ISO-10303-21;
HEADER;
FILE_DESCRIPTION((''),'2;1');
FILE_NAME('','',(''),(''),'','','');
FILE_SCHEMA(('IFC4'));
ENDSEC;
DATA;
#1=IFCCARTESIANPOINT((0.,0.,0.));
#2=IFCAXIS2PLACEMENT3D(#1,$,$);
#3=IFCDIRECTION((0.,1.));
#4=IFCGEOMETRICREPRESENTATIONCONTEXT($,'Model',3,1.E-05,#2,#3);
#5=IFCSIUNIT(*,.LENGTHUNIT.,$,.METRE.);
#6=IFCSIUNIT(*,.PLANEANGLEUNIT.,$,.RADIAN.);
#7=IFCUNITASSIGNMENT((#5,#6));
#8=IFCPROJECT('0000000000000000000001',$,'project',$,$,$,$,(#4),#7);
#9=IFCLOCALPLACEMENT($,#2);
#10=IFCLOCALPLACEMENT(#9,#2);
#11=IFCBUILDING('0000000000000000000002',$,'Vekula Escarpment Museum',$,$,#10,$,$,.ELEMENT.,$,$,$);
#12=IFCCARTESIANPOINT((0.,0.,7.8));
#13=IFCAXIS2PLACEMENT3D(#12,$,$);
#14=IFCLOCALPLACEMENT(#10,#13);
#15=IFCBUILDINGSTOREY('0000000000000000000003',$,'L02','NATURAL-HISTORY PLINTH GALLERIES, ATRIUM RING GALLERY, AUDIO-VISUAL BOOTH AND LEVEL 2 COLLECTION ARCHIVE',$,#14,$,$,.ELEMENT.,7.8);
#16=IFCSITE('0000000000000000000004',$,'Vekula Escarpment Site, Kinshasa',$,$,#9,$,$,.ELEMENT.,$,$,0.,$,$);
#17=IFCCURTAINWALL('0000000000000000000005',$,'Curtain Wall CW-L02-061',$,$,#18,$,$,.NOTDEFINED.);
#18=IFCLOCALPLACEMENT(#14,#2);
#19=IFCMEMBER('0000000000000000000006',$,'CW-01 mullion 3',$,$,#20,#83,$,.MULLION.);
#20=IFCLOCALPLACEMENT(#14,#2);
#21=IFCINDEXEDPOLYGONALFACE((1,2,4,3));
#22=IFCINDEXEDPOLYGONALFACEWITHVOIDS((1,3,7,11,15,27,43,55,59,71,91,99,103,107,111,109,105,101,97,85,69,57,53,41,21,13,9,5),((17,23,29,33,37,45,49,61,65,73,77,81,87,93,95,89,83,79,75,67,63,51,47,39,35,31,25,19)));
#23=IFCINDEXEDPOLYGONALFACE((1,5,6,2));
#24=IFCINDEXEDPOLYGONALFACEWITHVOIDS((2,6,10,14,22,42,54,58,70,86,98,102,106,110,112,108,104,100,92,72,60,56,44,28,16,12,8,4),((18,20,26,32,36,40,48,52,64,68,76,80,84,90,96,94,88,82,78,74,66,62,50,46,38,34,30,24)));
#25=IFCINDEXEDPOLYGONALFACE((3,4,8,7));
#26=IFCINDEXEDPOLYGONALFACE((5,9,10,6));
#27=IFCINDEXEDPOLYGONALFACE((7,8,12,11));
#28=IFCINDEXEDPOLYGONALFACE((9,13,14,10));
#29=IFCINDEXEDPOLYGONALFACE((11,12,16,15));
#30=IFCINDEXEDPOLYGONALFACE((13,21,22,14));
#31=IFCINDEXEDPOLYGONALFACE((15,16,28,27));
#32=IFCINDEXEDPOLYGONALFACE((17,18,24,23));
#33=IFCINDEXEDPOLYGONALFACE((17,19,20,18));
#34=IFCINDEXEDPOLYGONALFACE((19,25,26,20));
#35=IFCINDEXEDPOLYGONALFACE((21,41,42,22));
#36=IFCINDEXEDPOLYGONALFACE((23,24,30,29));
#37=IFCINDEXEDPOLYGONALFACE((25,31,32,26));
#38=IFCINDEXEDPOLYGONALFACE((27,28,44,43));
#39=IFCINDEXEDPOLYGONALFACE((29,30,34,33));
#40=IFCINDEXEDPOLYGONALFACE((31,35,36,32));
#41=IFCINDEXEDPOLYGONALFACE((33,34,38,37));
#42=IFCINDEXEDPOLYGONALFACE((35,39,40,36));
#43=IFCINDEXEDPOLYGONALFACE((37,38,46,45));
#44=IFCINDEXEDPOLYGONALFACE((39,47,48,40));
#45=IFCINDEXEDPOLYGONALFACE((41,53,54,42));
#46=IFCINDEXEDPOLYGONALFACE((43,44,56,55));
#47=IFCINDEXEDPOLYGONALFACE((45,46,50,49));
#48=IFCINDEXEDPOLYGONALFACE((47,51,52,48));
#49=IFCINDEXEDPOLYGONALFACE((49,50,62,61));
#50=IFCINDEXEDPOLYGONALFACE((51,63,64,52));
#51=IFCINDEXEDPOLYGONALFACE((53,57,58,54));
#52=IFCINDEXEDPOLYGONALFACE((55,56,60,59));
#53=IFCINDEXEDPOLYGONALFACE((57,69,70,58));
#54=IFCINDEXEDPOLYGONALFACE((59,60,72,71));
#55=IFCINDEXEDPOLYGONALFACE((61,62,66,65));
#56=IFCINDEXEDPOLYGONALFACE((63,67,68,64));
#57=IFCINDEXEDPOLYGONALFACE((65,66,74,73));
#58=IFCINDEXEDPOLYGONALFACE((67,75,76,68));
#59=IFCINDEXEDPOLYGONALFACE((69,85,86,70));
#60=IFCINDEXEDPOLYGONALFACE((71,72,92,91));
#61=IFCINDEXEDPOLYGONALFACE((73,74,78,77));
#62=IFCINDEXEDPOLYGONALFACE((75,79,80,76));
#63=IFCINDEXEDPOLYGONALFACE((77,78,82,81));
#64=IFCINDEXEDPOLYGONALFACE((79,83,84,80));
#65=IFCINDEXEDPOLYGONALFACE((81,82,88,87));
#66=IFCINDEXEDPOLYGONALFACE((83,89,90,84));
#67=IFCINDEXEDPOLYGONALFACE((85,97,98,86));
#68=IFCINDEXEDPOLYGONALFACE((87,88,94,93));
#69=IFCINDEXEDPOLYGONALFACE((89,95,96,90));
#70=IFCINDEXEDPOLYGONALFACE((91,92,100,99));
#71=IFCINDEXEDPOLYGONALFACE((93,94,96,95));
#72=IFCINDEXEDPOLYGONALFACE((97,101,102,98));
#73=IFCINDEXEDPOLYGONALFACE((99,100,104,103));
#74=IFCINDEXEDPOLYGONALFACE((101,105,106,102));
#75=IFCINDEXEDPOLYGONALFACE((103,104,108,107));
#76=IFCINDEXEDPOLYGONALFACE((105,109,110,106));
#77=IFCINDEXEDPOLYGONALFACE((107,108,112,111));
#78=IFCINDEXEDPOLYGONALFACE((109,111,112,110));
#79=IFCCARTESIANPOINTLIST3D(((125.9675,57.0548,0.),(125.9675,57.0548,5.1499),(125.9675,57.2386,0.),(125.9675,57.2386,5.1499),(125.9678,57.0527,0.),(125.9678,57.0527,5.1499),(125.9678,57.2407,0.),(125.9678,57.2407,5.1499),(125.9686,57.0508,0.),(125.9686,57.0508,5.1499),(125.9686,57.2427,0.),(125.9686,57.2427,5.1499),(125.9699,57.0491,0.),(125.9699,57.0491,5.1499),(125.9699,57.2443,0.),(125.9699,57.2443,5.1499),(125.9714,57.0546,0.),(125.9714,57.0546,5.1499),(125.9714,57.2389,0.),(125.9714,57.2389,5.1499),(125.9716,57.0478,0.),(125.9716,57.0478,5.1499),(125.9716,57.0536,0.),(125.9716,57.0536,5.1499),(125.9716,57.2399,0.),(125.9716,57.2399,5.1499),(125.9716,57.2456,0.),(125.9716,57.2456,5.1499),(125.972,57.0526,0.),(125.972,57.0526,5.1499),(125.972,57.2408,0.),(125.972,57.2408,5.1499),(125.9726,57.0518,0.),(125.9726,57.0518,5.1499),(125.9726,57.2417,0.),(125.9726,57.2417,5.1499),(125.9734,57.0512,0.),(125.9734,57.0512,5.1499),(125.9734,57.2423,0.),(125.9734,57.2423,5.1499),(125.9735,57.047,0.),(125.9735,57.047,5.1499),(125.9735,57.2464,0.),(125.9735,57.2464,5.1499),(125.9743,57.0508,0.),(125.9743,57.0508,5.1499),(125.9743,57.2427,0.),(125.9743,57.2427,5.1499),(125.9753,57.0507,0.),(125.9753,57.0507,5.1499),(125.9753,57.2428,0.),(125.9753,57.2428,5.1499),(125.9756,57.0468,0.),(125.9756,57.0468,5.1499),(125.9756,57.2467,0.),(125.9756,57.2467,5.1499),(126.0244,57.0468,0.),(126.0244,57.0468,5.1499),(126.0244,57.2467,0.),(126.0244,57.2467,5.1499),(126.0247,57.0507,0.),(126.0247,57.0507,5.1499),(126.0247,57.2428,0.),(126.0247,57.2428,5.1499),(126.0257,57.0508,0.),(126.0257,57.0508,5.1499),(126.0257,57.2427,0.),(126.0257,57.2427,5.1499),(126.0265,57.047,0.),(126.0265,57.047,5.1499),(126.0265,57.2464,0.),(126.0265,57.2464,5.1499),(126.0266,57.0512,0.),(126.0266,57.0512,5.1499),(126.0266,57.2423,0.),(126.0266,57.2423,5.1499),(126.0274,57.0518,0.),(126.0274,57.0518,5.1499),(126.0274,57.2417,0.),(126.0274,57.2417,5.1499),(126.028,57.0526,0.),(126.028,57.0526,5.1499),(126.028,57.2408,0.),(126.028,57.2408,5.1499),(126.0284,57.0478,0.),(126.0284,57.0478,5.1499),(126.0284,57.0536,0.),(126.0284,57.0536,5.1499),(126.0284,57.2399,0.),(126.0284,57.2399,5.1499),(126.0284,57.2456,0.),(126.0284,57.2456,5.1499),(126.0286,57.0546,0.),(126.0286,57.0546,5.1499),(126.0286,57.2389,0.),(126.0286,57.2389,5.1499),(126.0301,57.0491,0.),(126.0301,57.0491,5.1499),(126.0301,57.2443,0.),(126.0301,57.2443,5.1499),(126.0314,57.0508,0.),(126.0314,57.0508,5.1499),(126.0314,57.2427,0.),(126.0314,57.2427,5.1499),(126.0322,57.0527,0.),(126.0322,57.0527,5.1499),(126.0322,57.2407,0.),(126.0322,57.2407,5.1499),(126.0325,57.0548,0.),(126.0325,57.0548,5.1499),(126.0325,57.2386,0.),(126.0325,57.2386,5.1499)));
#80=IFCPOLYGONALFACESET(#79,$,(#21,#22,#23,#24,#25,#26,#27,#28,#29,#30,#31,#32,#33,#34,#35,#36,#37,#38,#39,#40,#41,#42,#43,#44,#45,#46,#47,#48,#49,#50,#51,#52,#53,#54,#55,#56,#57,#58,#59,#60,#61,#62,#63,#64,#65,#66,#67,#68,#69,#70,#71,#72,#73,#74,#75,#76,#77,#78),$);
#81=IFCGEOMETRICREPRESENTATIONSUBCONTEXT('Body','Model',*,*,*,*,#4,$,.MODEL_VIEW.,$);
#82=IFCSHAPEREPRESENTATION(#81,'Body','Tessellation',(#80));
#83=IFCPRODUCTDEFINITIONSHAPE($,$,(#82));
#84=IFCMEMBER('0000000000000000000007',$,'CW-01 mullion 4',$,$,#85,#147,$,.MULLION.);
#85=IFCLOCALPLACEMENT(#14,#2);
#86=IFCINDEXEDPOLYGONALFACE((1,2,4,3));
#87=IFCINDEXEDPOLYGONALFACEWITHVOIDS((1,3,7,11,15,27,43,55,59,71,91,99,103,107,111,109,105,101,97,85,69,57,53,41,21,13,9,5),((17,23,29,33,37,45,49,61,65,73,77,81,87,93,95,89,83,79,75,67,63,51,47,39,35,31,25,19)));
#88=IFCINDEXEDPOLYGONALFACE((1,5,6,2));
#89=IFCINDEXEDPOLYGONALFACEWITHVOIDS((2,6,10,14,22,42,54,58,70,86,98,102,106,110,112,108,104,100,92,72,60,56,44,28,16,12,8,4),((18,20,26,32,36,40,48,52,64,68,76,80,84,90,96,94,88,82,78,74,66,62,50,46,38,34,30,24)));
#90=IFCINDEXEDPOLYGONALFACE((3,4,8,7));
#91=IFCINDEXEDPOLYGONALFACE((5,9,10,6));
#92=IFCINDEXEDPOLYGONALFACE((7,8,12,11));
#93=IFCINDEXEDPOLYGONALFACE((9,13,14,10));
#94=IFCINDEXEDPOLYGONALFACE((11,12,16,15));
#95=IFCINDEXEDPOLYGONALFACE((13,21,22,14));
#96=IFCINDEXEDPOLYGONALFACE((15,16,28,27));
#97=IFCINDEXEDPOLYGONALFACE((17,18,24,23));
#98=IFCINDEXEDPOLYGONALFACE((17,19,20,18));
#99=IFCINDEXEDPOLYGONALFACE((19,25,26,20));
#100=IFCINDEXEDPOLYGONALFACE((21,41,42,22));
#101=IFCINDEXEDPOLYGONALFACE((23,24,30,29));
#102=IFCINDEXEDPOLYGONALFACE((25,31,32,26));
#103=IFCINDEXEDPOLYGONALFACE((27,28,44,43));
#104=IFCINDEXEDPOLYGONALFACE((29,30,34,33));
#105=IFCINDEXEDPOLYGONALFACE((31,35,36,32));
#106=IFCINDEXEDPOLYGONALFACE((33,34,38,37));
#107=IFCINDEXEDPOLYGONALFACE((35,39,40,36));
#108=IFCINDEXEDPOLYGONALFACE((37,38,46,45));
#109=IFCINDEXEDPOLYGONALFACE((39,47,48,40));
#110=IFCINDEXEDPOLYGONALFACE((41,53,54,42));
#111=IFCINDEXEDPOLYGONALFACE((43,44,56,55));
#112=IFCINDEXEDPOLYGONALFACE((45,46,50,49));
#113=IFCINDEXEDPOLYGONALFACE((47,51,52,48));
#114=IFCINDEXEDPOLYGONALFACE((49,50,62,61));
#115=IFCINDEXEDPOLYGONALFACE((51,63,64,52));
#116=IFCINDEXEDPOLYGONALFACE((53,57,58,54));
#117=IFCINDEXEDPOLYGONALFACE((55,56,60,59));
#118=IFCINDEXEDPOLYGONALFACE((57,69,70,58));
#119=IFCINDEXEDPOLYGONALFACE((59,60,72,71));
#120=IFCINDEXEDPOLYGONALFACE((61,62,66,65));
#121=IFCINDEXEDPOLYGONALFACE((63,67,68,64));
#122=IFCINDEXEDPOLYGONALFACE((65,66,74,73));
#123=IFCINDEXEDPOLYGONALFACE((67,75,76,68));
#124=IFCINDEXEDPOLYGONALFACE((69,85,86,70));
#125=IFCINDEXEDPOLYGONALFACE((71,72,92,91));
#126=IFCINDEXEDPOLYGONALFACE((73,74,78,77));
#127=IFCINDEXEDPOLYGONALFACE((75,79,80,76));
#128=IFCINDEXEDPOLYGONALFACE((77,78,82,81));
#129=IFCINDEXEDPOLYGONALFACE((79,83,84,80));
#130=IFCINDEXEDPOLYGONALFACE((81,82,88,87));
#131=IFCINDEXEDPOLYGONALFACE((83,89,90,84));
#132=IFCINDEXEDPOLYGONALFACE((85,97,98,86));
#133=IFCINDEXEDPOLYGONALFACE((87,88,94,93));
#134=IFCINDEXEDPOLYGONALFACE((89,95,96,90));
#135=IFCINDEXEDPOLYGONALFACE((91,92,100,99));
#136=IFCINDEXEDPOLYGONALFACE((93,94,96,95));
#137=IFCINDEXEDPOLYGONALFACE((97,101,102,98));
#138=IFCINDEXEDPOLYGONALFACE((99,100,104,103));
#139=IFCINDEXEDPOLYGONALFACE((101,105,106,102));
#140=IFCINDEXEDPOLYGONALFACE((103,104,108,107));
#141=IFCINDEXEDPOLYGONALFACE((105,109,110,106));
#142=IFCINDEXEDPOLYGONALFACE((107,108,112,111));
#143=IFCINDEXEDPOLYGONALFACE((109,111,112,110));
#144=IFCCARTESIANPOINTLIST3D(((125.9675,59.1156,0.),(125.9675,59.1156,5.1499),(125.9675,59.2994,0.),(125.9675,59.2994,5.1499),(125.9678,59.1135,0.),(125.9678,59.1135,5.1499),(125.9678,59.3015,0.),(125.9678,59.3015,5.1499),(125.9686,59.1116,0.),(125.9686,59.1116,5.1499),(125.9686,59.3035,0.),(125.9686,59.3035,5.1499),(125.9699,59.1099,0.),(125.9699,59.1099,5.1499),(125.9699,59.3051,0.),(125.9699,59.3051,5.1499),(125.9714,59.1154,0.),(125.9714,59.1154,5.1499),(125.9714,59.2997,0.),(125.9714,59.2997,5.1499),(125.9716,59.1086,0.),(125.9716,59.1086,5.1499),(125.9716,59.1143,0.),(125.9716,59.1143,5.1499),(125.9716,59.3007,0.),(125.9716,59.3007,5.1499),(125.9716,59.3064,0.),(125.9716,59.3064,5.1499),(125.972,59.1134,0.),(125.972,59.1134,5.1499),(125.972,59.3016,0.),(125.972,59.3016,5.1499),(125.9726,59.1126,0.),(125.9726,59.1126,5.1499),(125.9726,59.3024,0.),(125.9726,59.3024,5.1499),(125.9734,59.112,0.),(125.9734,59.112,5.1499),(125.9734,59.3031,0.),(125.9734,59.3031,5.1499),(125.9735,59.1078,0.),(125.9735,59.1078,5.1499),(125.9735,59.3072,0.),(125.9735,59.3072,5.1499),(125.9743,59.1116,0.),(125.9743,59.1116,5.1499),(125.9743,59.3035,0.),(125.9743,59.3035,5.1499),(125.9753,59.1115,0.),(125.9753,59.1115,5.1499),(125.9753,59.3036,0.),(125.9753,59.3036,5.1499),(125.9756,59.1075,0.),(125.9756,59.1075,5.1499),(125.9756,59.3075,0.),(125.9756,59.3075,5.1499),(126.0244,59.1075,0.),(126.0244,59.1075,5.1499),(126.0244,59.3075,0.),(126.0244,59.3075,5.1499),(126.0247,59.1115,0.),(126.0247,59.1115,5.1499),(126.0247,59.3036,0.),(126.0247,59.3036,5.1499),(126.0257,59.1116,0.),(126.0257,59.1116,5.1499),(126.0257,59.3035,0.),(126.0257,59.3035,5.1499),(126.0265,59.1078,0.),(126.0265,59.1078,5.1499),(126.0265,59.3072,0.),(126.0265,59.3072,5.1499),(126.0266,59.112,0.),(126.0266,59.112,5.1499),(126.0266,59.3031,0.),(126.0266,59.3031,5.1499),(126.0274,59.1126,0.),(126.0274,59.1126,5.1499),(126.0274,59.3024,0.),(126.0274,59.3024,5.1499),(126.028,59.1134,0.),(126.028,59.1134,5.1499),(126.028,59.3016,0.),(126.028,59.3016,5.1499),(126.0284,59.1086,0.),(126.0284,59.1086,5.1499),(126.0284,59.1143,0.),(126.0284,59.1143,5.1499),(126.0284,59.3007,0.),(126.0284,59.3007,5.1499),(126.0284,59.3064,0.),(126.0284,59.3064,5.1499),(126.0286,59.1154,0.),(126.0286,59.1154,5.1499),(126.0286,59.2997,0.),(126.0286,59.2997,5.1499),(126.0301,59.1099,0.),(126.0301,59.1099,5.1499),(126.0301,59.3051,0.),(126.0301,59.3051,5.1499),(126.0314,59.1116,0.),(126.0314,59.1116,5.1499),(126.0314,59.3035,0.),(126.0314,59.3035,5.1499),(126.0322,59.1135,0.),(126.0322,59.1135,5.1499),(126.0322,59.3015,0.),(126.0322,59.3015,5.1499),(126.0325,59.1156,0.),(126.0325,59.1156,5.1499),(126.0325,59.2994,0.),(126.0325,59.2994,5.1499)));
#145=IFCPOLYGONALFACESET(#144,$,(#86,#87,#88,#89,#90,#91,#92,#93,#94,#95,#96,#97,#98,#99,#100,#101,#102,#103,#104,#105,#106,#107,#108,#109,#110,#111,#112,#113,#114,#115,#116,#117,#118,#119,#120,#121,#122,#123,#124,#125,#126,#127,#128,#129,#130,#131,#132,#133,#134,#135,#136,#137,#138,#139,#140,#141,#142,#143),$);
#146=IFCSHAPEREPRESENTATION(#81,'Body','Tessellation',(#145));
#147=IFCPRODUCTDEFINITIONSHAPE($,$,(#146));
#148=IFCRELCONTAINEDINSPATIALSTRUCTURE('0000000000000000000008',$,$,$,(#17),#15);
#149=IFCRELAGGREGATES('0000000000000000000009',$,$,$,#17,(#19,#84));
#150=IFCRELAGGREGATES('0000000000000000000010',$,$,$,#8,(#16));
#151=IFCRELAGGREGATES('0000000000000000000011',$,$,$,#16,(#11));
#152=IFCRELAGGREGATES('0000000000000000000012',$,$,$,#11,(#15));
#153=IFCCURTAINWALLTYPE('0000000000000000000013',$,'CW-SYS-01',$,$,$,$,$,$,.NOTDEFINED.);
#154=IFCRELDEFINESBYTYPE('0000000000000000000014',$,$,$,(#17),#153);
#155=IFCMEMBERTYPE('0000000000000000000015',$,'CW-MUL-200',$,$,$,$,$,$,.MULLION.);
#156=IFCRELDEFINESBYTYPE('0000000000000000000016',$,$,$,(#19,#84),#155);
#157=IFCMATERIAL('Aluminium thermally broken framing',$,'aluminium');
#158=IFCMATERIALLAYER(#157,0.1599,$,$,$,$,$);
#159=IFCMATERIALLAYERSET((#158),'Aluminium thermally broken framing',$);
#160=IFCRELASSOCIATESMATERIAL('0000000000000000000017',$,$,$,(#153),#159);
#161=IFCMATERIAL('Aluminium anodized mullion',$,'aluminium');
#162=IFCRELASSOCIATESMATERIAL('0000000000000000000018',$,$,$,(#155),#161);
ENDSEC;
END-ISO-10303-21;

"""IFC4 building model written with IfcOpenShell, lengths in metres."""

from ifc_helpers import new_model, si_unit, direction, frame, origin, origin_2d, place, context, subcontext, project, spatial, hollow_rectangle, extrude, material, layer, layer_set, material_profile, profile_set, type_object, element, aggregate, save


model = new_model("IFC4")

# Units and contexts
model_context = context("Model", 3, precision=1e-05, world=origin(), true_north=direction((0.0, 1.0)))
body_context = subcontext(model_context, "Body", "Model", "MODEL_VIEW")
ifc_project = project(units=[si_unit("LENGTHUNIT", "METRE"), si_unit("PLANEANGLEUNIT", "RADIAN")], contexts=[model_context])

# Site, building, storey
site_placement = place(None, origin())
site = spatial("IfcSite", under=ifc_project, at=site_placement, Name="Vekula Escarpment Site, Kinshasa", CompositionType="ELEMENT", RefElevation=0.0)
building_placement = place(site_placement, origin())
building = spatial("IfcBuilding", under=site, at=building_placement, Name="Vekula Escarpment Museum", CompositionType="ELEMENT")
storey_placement = place(building_placement, frame((0.0, 0.0, 7.8)))
storey = spatial("IfcBuildingStorey", under=building, at=storey_placement, Name="L02", Description="NATURAL-HISTORY PLINTH GALLERIES, ATRIUM RING GALLERY, AUDIO-VISUAL BOOTH AND LEVEL 2 COLLECTION ARCHIVE", CompositionType="ELEMENT", Elevation=7.8)

# Curtain wall, members
ifc_material_1 = material(Name="Aluminium thermally broken framing", Category="aluminium")
ifc_layer_1 = layer(ifc_material_1, 0.1599)
ifc_layer_set_1 = layer_set([ifc_layer_1], Name="Aluminium thermally broken framing")
curtain_wall_type_1 = type_object("IfcCurtainWallType", Name="CW-SYS-01", PredefinedType="NOTDEFINED", material=ifc_layer_set_1)
curtain_wall_1_placement = place(storey_placement, origin())
curtain_wall_1 = element("IfcCurtainWall", 1, at=curtain_wall_1_placement, inside=storey, type_object=curtain_wall_type_1, Name="Curtain Wall CW-L02-061", PredefinedType="NOTDEFINED")
ifc_material_2 = material(Name="Aluminium anodized mullion", Category="aluminium")
ifc_material_profile_1 = material_profile(ifc_material_2, hollow_rectangle(XDim=0.0649, YDim=0.2, WallThickness=0.0039, InnerFilletRadius=0.0039, OuterFilletRadius=0.0081, at=origin_2d()), Name="ALU 200x65x4")
ifc_profile_set_1 = profile_set([ifc_material_profile_1], Name="Aluminium anodized mullion")
member_type_1 = type_object("IfcMemberType", Name="CW-MUL-200", PredefinedType="MULLION", material=ifc_profile_set_1)
member_1_placement = place(storey_placement, frame((126.0, 57.1467, 0.0), z_axis=(0.0, 0.0, 1.0), x_axis=(-1.0, 0.0, 0.0)))
member_1 = element("IfcMember", 2, at=member_1_placement, type_object=member_type_1, Name="CW-01 mullion 3", PredefinedType="MULLION", context=body_context, shape_type="SweptSolid", body=[
    extrude(hollow_rectangle(XDim=0.0649, YDim=0.2, WallThickness=0.0039, InnerFilletRadius=0.0039, OuterFilletRadius=0.0081, at=origin_2d()), origin(), (0.0, 0.0, 1.0), 5.1499),
])
member_2_placement = place(storey_placement, frame((126.0, 59.2075, 0.0), z_axis=(0.0, 0.0, 1.0), x_axis=(-1.0, 0.0, 0.0)))
member_2 = element("IfcMember", 3, at=member_2_placement, type_object=member_type_1, Name="CW-01 mullion 4", PredefinedType="MULLION", context=body_context, shape_type="SweptSolid", body=[
    extrude(hollow_rectangle(XDim=0.0649, YDim=0.2, WallThickness=0.0039, InnerFilletRadius=0.0039, OuterFilletRadius=0.0081, at=origin_2d()), origin(), (0.0, 0.0, 1.0), 5.1499),
])

aggregate(curtain_wall_1, [member_1, member_2])

save(model, "model.ifc")
